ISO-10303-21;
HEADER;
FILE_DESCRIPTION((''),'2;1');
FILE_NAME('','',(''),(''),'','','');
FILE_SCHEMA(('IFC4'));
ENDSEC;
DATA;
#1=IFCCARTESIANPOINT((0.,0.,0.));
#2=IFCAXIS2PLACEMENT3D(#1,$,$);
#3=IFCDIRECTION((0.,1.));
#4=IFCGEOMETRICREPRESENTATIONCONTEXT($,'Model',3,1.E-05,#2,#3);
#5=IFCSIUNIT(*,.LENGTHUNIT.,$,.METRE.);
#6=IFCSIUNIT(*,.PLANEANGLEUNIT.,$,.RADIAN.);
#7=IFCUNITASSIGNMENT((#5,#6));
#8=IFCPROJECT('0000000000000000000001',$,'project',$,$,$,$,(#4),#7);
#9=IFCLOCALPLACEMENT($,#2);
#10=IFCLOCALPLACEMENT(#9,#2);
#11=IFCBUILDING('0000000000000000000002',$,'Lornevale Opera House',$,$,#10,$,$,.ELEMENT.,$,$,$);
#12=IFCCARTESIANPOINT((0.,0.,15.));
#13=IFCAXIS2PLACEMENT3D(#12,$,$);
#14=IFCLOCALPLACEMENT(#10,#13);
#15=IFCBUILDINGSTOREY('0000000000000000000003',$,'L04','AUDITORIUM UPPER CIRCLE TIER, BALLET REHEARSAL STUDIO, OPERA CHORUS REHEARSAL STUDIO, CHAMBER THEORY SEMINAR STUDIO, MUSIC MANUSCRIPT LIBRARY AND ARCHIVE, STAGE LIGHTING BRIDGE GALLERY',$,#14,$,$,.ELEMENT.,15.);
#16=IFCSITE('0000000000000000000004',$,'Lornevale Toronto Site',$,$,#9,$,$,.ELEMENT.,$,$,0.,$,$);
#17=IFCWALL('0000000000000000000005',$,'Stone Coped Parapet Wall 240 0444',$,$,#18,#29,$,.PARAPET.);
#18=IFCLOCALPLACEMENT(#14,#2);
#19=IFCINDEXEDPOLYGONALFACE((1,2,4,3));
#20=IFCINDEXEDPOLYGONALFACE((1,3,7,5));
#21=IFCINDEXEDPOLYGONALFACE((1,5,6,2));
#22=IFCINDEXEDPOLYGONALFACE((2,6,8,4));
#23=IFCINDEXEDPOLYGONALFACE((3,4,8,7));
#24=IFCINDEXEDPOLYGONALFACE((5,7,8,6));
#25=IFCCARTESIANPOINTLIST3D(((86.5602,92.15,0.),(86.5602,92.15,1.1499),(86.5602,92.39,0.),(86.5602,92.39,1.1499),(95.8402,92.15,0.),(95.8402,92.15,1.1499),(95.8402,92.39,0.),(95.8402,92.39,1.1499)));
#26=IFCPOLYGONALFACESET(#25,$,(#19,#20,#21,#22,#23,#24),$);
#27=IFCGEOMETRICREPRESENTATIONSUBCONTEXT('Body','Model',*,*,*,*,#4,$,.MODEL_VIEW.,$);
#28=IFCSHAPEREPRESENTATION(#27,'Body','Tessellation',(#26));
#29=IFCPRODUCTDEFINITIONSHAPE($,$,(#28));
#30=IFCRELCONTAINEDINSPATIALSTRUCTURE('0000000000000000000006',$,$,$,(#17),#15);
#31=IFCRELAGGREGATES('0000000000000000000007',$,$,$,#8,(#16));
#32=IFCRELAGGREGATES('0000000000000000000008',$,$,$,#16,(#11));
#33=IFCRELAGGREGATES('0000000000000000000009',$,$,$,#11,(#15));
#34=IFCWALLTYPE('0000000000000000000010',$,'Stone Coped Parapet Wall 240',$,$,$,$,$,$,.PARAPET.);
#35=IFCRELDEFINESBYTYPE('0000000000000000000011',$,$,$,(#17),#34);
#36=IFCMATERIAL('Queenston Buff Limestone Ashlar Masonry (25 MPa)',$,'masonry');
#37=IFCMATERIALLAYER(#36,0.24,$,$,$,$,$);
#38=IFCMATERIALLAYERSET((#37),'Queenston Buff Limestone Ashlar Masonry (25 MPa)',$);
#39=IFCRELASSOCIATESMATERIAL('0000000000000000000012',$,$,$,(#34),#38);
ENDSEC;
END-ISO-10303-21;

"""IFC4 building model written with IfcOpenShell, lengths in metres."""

from ifc_helpers import new_model, si_unit, direction, frame, frame_2d, origin, place, context, subcontext, project, spatial, rectangle, extrude, material, layer, layer_set, type_object, element, save


model = new_model("IFC4")

# Units and contexts
model_context = context("Model", 3, precision=1e-05, world=origin(), true_north=direction((0.0, 1.0)))
body_context = subcontext(model_context, "Body", "Model", "MODEL_VIEW")
ifc_project = project(units=[si_unit("LENGTHUNIT", "METRE"), si_unit("PLANEANGLEUNIT", "RADIAN")], contexts=[model_context])

# Site, building, storey
site_placement = place(None, origin())
site = spatial("IfcSite", under=ifc_project, at=site_placement, Name="Lornevale Toronto Site", CompositionType="ELEMENT", RefElevation=0.0)
building_placement = place(site_placement, origin())
building = spatial("IfcBuilding", under=site, at=building_placement, Name="Lornevale Opera House", CompositionType="ELEMENT")
storey_placement = place(building_placement, frame((0.0, 0.0, 15.0)))
storey = spatial("IfcBuildingStorey", under=building, at=storey_placement, Name="L04", Description="AUDITORIUM UPPER CIRCLE TIER, BALLET REHEARSAL STUDIO, OPERA CHORUS REHEARSAL STUDIO, CHAMBER THEORY SEMINAR STUDIO, MUSIC MANUSCRIPT LIBRARY AND ARCHIVE, STAGE LIGHTING BRIDGE GALLERY", CompositionType="ELEMENT", Elevation=15.0)

# Wall
ifc_material_1 = material(Name="Queenston Buff Limestone Ashlar Masonry (25 MPa)", Category="masonry")
ifc_layer_1 = layer(ifc_material_1, 0.24)
ifc_layer_set_1 = layer_set([ifc_layer_1], Name="Queenston Buff Limestone Ashlar Masonry (25 MPa)")
wall_type_1 = type_object("IfcWallType", Name="Stone Coped Parapet Wall 240", PredefinedType="PARAPET", material=ifc_layer_set_1)
for number, where, z_axis, x_axis, name in (
    (1, (86.5601, 92.27, 0.0), (0.0, 0.0, 1.0), (1.0, 0.0, 0.0), "Stone Coped Parapet Wall 240 0444"),
):
    element("IfcWall", number, at=place(storey_placement, frame(where, z_axis=z_axis, x_axis=x_axis)), inside=storey, type_object=wall_type_1, Name=name, PredefinedType="PARAPET", context=body_context, shape_type="SweptSolid", body=[
        extrude(rectangle(XDim=9.28, YDim=0.24, at=frame_2d((4.6401, 0.0))), origin(), (0.0, 0.0, 1.0), 1.1499),
    ])

save(model, "model.ifc")
